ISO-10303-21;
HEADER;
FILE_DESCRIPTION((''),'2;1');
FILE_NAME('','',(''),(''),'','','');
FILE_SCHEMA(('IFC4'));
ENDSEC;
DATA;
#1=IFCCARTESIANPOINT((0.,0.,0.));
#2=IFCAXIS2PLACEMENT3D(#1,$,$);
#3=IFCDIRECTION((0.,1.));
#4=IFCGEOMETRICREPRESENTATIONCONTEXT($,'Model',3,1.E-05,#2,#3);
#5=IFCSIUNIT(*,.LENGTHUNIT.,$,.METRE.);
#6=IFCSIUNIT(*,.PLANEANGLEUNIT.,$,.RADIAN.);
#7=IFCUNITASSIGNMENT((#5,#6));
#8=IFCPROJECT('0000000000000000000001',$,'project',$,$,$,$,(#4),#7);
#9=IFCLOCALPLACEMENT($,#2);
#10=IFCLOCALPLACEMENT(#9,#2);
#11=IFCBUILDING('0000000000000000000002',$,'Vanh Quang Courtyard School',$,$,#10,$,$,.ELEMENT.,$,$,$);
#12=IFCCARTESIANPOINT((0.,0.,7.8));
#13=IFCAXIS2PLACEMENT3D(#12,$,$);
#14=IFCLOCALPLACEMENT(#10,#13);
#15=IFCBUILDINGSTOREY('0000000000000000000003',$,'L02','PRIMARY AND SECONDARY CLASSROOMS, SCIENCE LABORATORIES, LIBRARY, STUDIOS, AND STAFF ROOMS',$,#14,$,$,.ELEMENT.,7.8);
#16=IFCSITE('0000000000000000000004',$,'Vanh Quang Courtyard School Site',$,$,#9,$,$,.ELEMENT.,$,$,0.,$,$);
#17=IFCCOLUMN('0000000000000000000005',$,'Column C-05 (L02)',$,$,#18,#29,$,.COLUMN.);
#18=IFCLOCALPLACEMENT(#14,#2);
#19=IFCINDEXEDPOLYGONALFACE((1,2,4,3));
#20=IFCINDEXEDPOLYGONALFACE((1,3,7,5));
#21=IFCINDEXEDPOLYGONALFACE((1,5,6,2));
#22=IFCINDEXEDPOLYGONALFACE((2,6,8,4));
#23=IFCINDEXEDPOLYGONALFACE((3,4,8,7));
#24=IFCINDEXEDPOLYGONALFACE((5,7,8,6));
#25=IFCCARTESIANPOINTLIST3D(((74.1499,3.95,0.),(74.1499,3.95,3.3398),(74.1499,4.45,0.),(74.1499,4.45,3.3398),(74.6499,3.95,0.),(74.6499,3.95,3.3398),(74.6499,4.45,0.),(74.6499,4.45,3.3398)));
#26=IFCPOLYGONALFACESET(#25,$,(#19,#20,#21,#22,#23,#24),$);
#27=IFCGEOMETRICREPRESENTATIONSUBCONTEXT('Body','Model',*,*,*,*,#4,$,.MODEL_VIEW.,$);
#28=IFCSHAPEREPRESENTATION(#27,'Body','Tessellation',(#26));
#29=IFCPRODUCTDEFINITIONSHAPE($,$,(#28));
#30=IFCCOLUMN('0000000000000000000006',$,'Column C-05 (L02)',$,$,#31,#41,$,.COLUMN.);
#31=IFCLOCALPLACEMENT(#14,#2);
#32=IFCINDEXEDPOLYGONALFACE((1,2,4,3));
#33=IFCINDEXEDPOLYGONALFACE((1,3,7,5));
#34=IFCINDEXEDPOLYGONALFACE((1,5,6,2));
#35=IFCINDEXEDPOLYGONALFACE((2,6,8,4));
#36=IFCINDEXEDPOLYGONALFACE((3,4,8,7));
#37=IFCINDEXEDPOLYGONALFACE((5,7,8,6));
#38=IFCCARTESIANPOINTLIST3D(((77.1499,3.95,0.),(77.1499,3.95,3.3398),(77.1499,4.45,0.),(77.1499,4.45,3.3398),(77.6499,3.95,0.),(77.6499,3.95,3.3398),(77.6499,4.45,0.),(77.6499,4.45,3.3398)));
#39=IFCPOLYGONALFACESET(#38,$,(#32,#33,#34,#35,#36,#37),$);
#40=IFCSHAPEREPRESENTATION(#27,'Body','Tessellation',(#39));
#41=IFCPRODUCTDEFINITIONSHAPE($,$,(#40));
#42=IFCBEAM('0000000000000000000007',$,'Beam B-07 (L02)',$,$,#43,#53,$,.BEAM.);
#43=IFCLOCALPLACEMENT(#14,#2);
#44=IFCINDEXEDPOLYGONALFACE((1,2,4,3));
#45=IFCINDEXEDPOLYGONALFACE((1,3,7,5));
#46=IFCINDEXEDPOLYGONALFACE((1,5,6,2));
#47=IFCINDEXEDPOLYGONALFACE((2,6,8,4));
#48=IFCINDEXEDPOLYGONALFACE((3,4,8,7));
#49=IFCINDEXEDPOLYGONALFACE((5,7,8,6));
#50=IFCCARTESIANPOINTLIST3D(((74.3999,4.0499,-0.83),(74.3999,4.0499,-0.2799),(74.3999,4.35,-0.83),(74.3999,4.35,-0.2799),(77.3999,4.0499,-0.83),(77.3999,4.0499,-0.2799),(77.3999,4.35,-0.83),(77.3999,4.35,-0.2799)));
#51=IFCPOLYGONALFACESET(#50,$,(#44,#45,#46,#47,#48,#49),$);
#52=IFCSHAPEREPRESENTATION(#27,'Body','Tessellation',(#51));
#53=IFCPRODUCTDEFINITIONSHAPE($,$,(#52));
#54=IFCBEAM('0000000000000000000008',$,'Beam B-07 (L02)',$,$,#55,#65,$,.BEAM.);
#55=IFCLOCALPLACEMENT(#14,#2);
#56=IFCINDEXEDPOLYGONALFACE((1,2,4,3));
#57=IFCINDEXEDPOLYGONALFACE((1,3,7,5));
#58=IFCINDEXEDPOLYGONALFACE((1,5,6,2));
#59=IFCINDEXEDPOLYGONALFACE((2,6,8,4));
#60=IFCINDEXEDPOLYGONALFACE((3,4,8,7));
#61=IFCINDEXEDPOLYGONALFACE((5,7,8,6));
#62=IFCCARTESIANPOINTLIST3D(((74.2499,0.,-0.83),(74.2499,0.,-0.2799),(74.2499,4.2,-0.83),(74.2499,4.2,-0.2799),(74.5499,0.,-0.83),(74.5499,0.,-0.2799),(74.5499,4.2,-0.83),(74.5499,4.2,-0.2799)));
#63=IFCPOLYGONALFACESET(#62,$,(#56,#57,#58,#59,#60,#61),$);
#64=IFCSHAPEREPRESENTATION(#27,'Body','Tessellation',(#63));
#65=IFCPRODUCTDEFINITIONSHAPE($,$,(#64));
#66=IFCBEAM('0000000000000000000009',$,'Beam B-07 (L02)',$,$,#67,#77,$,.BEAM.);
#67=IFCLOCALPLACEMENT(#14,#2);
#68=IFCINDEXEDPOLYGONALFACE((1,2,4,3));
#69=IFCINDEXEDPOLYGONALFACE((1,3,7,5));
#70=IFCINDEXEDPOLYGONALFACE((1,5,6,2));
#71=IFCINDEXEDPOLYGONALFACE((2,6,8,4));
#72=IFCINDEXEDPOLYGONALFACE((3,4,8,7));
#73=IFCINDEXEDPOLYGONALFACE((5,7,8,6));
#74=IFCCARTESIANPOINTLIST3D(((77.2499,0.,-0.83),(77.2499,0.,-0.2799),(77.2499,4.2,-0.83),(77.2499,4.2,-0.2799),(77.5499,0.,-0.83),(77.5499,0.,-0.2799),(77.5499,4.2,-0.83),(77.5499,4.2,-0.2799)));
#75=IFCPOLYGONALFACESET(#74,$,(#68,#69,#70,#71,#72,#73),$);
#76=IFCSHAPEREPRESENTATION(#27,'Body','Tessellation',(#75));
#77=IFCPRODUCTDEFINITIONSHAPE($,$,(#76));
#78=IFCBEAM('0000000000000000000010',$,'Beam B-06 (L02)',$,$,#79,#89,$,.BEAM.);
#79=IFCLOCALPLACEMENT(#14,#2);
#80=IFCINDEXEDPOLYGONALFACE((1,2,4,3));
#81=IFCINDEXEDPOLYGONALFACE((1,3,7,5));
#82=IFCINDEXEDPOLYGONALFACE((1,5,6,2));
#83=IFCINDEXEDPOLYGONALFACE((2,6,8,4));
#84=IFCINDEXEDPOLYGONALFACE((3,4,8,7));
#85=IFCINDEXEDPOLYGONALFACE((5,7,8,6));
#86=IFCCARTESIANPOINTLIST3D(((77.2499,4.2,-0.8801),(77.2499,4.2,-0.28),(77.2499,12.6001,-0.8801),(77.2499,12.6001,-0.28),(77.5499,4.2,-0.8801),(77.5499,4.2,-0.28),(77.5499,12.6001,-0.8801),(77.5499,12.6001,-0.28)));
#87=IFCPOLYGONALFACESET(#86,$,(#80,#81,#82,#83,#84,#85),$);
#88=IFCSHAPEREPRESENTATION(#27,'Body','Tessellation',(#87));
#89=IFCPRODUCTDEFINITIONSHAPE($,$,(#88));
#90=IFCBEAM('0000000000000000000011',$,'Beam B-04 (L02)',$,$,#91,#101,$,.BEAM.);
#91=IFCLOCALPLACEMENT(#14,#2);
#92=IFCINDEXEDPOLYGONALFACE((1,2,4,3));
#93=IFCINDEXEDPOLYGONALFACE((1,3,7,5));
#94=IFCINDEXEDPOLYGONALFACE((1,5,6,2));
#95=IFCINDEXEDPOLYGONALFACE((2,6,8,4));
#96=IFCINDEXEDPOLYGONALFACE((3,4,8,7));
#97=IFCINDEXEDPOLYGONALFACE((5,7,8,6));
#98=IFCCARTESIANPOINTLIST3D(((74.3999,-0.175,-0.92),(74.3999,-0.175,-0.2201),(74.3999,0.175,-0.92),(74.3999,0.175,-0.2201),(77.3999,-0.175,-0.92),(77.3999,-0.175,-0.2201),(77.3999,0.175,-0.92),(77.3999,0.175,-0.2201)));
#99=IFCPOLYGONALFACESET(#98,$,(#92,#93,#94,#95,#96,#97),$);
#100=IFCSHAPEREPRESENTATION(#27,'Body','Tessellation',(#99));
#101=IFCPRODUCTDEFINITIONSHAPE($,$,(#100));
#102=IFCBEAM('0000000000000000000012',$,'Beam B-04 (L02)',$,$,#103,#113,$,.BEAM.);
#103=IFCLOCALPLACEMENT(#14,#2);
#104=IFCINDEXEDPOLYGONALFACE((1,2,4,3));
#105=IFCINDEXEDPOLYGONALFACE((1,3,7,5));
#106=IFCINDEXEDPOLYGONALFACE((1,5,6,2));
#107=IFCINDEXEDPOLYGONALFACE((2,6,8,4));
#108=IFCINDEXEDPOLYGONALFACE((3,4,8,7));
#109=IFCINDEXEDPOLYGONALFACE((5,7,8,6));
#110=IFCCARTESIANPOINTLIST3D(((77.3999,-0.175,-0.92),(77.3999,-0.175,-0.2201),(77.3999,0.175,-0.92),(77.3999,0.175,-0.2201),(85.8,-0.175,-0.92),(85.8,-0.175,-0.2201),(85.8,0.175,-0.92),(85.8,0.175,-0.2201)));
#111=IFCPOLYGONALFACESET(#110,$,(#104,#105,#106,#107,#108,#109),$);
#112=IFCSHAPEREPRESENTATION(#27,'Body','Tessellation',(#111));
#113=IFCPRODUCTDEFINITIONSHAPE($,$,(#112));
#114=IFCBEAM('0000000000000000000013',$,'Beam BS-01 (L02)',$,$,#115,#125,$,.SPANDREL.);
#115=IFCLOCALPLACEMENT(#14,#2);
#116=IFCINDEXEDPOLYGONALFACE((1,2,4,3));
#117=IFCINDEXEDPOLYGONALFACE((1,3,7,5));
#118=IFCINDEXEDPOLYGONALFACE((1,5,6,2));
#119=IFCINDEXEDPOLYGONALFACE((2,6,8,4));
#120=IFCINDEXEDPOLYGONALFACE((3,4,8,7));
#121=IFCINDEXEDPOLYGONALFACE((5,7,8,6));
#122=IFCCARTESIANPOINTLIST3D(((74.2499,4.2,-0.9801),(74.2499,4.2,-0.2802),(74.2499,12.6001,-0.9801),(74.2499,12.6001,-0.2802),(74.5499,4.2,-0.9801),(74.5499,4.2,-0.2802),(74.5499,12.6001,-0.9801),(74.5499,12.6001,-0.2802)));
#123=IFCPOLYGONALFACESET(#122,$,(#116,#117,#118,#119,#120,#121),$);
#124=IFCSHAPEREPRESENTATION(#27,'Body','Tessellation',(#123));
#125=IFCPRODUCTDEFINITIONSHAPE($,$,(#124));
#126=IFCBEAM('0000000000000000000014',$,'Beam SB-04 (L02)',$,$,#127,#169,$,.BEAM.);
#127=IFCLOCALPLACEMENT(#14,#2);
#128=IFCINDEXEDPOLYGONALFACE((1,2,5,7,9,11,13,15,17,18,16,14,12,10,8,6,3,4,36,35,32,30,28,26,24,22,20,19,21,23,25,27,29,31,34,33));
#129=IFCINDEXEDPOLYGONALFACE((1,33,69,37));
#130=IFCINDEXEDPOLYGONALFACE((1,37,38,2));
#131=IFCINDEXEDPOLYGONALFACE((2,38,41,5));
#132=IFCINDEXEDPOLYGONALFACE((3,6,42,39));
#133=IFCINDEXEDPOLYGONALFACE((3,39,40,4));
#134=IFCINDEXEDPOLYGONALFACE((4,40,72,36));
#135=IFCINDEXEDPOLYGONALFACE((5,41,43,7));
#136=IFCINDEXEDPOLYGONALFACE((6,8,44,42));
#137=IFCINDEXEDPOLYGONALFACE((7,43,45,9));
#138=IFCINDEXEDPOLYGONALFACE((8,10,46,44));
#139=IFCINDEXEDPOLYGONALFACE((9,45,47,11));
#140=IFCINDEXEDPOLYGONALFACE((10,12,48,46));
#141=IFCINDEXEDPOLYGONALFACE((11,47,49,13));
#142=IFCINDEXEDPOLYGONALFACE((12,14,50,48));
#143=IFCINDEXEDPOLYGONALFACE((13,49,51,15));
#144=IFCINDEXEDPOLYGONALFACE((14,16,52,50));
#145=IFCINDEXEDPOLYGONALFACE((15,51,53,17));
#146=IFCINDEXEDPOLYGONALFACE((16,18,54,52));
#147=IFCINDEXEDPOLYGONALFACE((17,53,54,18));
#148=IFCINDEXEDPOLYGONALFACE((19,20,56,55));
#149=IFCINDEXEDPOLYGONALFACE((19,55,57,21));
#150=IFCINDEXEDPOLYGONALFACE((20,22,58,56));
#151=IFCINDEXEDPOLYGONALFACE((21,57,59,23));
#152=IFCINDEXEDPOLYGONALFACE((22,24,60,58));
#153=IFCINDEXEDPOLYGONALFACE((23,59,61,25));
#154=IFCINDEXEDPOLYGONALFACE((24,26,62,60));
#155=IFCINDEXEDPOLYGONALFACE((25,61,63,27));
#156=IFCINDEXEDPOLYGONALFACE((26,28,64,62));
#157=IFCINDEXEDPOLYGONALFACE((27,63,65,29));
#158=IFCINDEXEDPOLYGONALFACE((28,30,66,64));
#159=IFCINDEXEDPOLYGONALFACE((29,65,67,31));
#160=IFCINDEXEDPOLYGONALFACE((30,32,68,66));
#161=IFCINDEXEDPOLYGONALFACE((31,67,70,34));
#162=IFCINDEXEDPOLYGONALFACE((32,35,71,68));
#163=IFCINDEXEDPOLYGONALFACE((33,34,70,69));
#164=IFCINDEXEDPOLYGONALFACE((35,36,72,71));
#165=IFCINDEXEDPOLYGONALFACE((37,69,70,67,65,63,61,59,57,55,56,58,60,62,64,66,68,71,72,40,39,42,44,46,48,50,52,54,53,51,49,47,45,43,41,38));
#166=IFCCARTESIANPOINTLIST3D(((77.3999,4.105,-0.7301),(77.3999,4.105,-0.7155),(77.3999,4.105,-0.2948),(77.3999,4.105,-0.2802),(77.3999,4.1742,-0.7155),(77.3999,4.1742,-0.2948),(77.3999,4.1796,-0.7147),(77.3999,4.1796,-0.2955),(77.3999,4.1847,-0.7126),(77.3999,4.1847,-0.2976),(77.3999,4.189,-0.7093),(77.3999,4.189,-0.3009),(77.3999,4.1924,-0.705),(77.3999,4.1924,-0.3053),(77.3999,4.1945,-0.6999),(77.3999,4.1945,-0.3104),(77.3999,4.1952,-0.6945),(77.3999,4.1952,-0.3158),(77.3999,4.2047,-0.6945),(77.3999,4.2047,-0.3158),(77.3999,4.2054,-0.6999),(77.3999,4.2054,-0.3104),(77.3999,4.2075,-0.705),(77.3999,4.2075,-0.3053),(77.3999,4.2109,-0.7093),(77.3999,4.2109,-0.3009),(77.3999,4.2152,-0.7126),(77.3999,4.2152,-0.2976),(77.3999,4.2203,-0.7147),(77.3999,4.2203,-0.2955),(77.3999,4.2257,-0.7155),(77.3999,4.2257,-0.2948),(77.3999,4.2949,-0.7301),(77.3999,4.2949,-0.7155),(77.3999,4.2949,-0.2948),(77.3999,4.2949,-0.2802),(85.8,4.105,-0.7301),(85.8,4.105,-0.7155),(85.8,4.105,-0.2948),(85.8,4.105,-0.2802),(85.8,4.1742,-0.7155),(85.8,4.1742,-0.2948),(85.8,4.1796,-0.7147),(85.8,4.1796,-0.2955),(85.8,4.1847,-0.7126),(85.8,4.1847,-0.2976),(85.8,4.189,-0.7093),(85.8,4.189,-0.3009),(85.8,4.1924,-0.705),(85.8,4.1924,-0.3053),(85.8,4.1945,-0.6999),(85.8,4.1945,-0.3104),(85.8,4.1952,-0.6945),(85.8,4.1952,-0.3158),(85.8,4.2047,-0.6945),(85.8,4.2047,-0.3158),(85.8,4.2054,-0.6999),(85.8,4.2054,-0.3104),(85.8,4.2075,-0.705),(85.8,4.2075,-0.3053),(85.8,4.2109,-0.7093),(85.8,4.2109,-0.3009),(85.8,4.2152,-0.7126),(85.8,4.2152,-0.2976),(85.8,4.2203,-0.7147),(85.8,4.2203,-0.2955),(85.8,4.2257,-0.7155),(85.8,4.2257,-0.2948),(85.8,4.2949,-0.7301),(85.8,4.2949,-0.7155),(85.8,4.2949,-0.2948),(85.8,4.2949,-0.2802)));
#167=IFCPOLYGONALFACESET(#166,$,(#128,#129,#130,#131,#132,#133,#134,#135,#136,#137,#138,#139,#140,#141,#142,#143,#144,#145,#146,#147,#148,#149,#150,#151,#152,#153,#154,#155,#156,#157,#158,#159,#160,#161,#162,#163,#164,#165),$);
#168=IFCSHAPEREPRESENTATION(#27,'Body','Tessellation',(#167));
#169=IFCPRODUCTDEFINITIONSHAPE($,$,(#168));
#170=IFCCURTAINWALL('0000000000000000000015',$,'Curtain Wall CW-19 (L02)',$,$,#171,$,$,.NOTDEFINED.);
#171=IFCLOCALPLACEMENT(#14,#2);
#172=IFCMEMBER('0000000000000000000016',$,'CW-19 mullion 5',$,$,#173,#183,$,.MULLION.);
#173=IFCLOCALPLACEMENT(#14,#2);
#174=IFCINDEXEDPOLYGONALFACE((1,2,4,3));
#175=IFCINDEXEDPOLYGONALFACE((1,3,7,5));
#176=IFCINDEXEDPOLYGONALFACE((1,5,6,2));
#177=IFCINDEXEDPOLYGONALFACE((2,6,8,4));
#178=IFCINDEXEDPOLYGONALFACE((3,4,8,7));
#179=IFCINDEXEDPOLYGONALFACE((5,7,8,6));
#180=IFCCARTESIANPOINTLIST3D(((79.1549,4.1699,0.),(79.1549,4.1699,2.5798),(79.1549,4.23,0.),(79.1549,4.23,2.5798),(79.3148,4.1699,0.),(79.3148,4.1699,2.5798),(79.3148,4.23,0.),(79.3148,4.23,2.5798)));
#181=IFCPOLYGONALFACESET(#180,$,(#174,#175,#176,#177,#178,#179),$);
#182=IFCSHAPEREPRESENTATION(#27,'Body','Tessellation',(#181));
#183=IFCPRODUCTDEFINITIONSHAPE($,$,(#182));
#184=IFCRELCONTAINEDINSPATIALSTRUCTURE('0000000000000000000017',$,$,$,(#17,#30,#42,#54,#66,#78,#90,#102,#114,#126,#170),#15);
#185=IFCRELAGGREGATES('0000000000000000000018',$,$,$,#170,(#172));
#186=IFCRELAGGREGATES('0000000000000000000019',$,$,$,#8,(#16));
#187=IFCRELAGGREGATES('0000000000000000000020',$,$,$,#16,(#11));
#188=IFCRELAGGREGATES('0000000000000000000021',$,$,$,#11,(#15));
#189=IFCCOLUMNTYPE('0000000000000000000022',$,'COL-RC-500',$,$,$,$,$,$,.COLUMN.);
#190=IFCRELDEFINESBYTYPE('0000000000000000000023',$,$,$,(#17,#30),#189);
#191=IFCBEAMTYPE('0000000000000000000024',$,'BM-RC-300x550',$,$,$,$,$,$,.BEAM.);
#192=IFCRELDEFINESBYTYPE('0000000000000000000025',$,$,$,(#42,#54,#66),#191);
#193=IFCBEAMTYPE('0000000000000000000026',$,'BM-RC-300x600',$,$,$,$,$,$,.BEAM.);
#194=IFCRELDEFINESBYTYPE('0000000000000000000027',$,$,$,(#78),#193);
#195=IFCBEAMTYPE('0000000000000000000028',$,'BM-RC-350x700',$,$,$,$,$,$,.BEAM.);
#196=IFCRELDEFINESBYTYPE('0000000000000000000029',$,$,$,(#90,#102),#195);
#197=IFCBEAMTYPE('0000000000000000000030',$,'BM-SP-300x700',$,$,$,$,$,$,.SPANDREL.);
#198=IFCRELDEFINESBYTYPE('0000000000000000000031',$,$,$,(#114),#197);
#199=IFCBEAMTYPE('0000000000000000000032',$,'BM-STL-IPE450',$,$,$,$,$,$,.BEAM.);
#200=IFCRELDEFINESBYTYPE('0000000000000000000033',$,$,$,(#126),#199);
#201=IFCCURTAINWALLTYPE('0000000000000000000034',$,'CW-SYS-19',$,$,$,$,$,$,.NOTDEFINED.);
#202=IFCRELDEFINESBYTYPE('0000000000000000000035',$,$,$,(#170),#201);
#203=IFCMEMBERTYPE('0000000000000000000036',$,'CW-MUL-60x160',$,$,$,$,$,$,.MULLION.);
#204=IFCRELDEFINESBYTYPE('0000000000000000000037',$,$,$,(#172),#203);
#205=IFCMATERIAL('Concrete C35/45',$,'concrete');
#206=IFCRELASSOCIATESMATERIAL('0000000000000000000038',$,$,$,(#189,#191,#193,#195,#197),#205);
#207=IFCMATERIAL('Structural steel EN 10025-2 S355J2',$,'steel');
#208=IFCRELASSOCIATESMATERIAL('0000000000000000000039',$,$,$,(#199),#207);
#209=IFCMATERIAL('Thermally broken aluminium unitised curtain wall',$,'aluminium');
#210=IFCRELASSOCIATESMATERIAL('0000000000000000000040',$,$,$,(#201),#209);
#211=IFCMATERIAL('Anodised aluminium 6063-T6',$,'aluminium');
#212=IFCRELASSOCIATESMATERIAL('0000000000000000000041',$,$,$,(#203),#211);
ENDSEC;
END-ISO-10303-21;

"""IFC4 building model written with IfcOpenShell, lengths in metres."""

from ifc_helpers import new_model, si_unit, direction, frame, origin, origin_2d, place, context, subcontext, project, spatial, rectangle, i_section, extrude, material, material_profile, profile_set, type_object, element, aggregate, save


model = new_model("IFC4")

# Units and contexts
model_context = context("Model", 3, precision=1e-05, world=origin(), true_north=direction((0.0, 1.0)))
body_context = subcontext(model_context, "Body", "Model", "MODEL_VIEW")
ifc_project = project(units=[si_unit("LENGTHUNIT", "METRE"), si_unit("PLANEANGLEUNIT", "RADIAN")], contexts=[model_context])

# Site, building, storey
site_placement = place(None, origin())
site = spatial("IfcSite", under=ifc_project, at=site_placement, Name="Vanh Quang Courtyard School Site", CompositionType="ELEMENT", RefElevation=0.0)
building_placement = place(site_placement, origin())
building = spatial("IfcBuilding", under=site, at=building_placement, Name="Vanh Quang Courtyard School", CompositionType="ELEMENT")
storey_placement = place(building_placement, frame((0.0, 0.0, 7.8)))
storey = spatial("IfcBuildingStorey", under=building, at=storey_placement, Name="L02", Description="PRIMARY AND SECONDARY CLASSROOMS, SCIENCE LABORATORIES, LIBRARY, STUDIOS, AND STAFF ROOMS", CompositionType="ELEMENT", Elevation=7.8)

# Columns
ifc_material_1 = material(Name="Concrete C35/45", Category="concrete")
ifc_material_profile_1 = material_profile(ifc_material_1, rectangle(XDim=0.5, YDim=0.5, at=origin_2d()), Name="RC-COL 500x500")
ifc_profile_set_1 = profile_set([ifc_material_profile_1], Name="Concrete C35/45")
column_type = type_object("IfcColumnType", Name="COL-RC-500", PredefinedType="COLUMN", material=ifc_profile_set_1)
for number, where, z_axis, x_axis, name in (
    (1, (74.3999, 4.2, 0.0), (0.0, 0.0, 1.0), (1.0, 0.0, 0.0), "Column C-05 (L02)"),
    (2, (77.3999, 4.2, 0.0), (0.0, 0.0, 1.0), (1.0, 0.0, 0.0), "Column C-05 (L02)"),
):
    element("IfcColumn", number, at=place(storey_placement, frame(where, z_axis=z_axis, x_axis=x_axis)), inside=storey, type_object=column_type, Name=name, PredefinedType="COLUMN", context=body_context, shape_type="SweptSolid", body=[
        extrude(rectangle(XDim=0.5, YDim=0.5, at=origin_2d()), origin(), (0.0, 0.0, 1.0), 3.3398),
    ])

# Beams
ifc_material_profile_2 = material_profile(ifc_material_1, rectangle(XDim=0.3, YDim=0.55, at=origin_2d()), Name="RC-BM 300x550")
ifc_profile_set_2 = profile_set([ifc_material_profile_2], Name="Concrete C35/45")
beam_type_1 = type_object("IfcBeamType", Name="BM-RC-300x550", PredefinedType="BEAM", material=ifc_profile_set_2)
beam_1_placement = place(storey_placement, frame((74.3999, 4.2, -0.5549), z_axis=(1.0, 0.0, 0.0), x_axis=(0.0, 1.0, 0.0)))
element("IfcBeam", 3, at=beam_1_placement, inside=storey, type_object=beam_type_1, Name="Beam B-07 (L02)", PredefinedType="BEAM", context=body_context, shape_type="SweptSolid", body=[
    extrude(rectangle(XDim=0.3, YDim=0.55, at=origin_2d()), origin(), (0.0, 0.0, 1.0), 3.0),
])
for number, where, z_axis, x_axis, name in (
    (4, (74.3999, 0.0, -0.5549), (0.0, 1.0, 0.0), (-1.0, 0.0, 0.0), "Beam B-07 (L02)"),
    (5, (77.3999, 0.0, -0.5549), (0.0, 1.0, 0.0), (-1.0, 0.0, 0.0), "Beam B-07 (L02)"),
):
    element("IfcBeam", number, at=place(storey_placement, frame(where, z_axis=z_axis, x_axis=x_axis)), inside=storey, type_object=beam_type_1, Name=name, PredefinedType="BEAM", context=body_context, shape_type="SweptSolid", body=[
        extrude(rectangle(XDim=0.3, YDim=0.55, at=origin_2d()), origin(), (0.0, 0.0, 1.0), 4.2),
    ])
ifc_material_profile_3 = material_profile(ifc_material_1, rectangle(XDim=0.3, YDim=0.6001, at=origin_2d()), Name="RC-BM 300x600")
ifc_profile_set_3 = profile_set([ifc_material_profile_3], Name="Concrete C35/45")
beam_type_2 = type_object("IfcBeamType", Name="BM-RC-300x600", PredefinedType="BEAM", material=ifc_profile_set_3)
beam_2_placement = place(storey_placement, frame((77.3999, 4.2, -0.5801), z_axis=(0.0, 1.0, 0.0), x_axis=(-1.0, 0.0, 0.0)))
element("IfcBeam", 6, at=beam_2_placement, inside=storey, type_object=beam_type_2, Name="Beam B-06 (L02)", PredefinedType="BEAM", context=body_context, shape_type="SweptSolid", body=[
    extrude(rectangle(XDim=0.3, YDim=0.6001, at=origin_2d()), origin(), (0.0, 0.0, 1.0), 8.4001),
])
ifc_material_profile_4 = material_profile(ifc_material_1, rectangle(XDim=0.3501, YDim=0.7, at=origin_2d()), Name="RC-BM 350x700")
ifc_profile_set_4 = profile_set([ifc_material_profile_4], Name="Concrete C35/45")
beam_type_3 = type_object("IfcBeamType", Name="BM-RC-350x700", PredefinedType="BEAM", material=ifc_profile_set_4)
beam_3_placement = place(storey_placement, frame((74.3999, 0.0, -0.5701), z_axis=(1.0, 0.0, 0.0), x_axis=(0.0, 1.0, 0.0)))
element("IfcBeam", 7, at=beam_3_placement, inside=storey, type_object=beam_type_3, Name="Beam B-04 (L02)", PredefinedType="BEAM", context=body_context, shape_type="SweptSolid", body=[
    extrude(rectangle(XDim=0.3501, YDim=0.7, at=origin_2d()), origin(), (0.0, 0.0, 1.0), 3.0),
])
beam_4_placement = place(storey_placement, frame((77.3999, 0.0, -0.5701), z_axis=(1.0, 0.0, 0.0), x_axis=(0.0, 1.0, 0.0)))
element("IfcBeam", 8, at=beam_4_placement, inside=storey, type_object=beam_type_3, Name="Beam B-04 (L02)", PredefinedType="BEAM", context=body_context, shape_type="SweptSolid", body=[
    extrude(rectangle(XDim=0.3501, YDim=0.7, at=origin_2d()), origin(), (0.0, 0.0, 1.0), 8.4001),
])
ifc_material_profile_5 = material_profile(ifc_material_1, rectangle(XDim=0.3, YDim=0.7, at=origin_2d()), Name="RC-SP 300x700")
ifc_profile_set_5 = profile_set([ifc_material_profile_5], Name="Concrete C35/45")
beam_type_4 = type_object("IfcBeamType", Name="BM-SP-300x700", PredefinedType="SPANDREL", material=ifc_profile_set_5)
beam_5_placement = place(storey_placement, frame((74.3999, 4.2, -0.6301), z_axis=(0.0, 1.0, 0.0), x_axis=(-1.0, 0.0, 0.0)))
element("IfcBeam", 9, at=beam_5_placement, inside=storey, type_object=beam_type_4, Name="Beam BS-01 (L02)", PredefinedType="SPANDREL", context=body_context, shape_type="SweptSolid", body=[
    extrude(rectangle(XDim=0.3, YDim=0.7, at=origin_2d()), origin(), (0.0, 0.0, 1.0), 8.4001),
])
ifc_material_2 = material(Name="Structural steel EN 10025-2 S355J2", Category="steel")
ifc_material_profile_6 = material_profile(ifc_material_2, i_section(OverallWidth=0.1899, OverallDepth=0.45, WebThickness=0.0095, FlangeThickness=0.0146, FilletRadius=0.021, at=origin_2d()), Name="IPE 450")
ifc_profile_set_6 = profile_set([ifc_material_profile_6], Name="Structural steel EN 10025-2 S355J2")
beam_type_5 = type_object("IfcBeamType", Name="BM-STL-IPE450", PredefinedType="BEAM", material=ifc_profile_set_6)
beam_6_placement = place(storey_placement, frame((77.3999, 4.2, -0.5051), z_axis=(1.0, 0.0, 0.0), x_axis=(0.0, 1.0, 0.0)))
element("IfcBeam", 10, at=beam_6_placement, inside=storey, type_object=beam_type_5, Name="Beam SB-04 (L02)", PredefinedType="BEAM", context=body_context, shape_type="SweptSolid", body=[
    extrude(i_section(OverallWidth=0.1899, OverallDepth=0.45, WebThickness=0.0095, FlangeThickness=0.0146, FilletRadius=0.021, at=origin_2d()), origin(), (0.0, 0.0, 1.0), 8.4001),
])

# Curtain wall, member
ifc_material_3 = material(Name="Thermally broken aluminium unitised curtain wall", Category="aluminium")
curtain_wall_type = type_object("IfcCurtainWallType", Name="CW-SYS-19", PredefinedType="NOTDEFINED", material=ifc_material_3)
curtain_wall_placement = place(storey_placement, origin())
curtain_wall = element("IfcCurtainWall", 11, at=curtain_wall_placement, inside=storey, type_object=curtain_wall_type, Name="Curtain Wall CW-19 (L02)", PredefinedType="NOTDEFINED")
ifc_material_4 = material(Name="Anodised aluminium 6063-T6", Category="aluminium")
ifc_material_profile_7 = material_profile(ifc_material_4, rectangle(XDim=0.0601, YDim=0.1599, at=origin_2d()), Name="ALU-MUL 60x160")
ifc_profile_set_7 = profile_set([ifc_material_profile_7], Name="Anodised aluminium 6063-T6")
member_type_1 = type_object("IfcMemberType", Name="CW-MUL-60x160", PredefinedType="MULLION", material=ifc_profile_set_7)
member_1_placement = place(storey_placement, frame((79.2349, 4.2, 0.0), z_axis=(0.0, 0.0, 1.0), x_axis=(0.0, -1.0, 0.0)))
member_1 = element("IfcMember", 12, at=member_1_placement, type_object=member_type_1, Name="CW-19 mullion 5", PredefinedType="MULLION", context=body_context, shape_type="SweptSolid", body=[
    extrude(rectangle(XDim=0.0601, YDim=0.1599, at=origin_2d()), origin(), (0.0, 0.0, 1.0), 2.5798),
])
aggregate(curtain_wall, [member_1])

save(model, "model.ifc")
